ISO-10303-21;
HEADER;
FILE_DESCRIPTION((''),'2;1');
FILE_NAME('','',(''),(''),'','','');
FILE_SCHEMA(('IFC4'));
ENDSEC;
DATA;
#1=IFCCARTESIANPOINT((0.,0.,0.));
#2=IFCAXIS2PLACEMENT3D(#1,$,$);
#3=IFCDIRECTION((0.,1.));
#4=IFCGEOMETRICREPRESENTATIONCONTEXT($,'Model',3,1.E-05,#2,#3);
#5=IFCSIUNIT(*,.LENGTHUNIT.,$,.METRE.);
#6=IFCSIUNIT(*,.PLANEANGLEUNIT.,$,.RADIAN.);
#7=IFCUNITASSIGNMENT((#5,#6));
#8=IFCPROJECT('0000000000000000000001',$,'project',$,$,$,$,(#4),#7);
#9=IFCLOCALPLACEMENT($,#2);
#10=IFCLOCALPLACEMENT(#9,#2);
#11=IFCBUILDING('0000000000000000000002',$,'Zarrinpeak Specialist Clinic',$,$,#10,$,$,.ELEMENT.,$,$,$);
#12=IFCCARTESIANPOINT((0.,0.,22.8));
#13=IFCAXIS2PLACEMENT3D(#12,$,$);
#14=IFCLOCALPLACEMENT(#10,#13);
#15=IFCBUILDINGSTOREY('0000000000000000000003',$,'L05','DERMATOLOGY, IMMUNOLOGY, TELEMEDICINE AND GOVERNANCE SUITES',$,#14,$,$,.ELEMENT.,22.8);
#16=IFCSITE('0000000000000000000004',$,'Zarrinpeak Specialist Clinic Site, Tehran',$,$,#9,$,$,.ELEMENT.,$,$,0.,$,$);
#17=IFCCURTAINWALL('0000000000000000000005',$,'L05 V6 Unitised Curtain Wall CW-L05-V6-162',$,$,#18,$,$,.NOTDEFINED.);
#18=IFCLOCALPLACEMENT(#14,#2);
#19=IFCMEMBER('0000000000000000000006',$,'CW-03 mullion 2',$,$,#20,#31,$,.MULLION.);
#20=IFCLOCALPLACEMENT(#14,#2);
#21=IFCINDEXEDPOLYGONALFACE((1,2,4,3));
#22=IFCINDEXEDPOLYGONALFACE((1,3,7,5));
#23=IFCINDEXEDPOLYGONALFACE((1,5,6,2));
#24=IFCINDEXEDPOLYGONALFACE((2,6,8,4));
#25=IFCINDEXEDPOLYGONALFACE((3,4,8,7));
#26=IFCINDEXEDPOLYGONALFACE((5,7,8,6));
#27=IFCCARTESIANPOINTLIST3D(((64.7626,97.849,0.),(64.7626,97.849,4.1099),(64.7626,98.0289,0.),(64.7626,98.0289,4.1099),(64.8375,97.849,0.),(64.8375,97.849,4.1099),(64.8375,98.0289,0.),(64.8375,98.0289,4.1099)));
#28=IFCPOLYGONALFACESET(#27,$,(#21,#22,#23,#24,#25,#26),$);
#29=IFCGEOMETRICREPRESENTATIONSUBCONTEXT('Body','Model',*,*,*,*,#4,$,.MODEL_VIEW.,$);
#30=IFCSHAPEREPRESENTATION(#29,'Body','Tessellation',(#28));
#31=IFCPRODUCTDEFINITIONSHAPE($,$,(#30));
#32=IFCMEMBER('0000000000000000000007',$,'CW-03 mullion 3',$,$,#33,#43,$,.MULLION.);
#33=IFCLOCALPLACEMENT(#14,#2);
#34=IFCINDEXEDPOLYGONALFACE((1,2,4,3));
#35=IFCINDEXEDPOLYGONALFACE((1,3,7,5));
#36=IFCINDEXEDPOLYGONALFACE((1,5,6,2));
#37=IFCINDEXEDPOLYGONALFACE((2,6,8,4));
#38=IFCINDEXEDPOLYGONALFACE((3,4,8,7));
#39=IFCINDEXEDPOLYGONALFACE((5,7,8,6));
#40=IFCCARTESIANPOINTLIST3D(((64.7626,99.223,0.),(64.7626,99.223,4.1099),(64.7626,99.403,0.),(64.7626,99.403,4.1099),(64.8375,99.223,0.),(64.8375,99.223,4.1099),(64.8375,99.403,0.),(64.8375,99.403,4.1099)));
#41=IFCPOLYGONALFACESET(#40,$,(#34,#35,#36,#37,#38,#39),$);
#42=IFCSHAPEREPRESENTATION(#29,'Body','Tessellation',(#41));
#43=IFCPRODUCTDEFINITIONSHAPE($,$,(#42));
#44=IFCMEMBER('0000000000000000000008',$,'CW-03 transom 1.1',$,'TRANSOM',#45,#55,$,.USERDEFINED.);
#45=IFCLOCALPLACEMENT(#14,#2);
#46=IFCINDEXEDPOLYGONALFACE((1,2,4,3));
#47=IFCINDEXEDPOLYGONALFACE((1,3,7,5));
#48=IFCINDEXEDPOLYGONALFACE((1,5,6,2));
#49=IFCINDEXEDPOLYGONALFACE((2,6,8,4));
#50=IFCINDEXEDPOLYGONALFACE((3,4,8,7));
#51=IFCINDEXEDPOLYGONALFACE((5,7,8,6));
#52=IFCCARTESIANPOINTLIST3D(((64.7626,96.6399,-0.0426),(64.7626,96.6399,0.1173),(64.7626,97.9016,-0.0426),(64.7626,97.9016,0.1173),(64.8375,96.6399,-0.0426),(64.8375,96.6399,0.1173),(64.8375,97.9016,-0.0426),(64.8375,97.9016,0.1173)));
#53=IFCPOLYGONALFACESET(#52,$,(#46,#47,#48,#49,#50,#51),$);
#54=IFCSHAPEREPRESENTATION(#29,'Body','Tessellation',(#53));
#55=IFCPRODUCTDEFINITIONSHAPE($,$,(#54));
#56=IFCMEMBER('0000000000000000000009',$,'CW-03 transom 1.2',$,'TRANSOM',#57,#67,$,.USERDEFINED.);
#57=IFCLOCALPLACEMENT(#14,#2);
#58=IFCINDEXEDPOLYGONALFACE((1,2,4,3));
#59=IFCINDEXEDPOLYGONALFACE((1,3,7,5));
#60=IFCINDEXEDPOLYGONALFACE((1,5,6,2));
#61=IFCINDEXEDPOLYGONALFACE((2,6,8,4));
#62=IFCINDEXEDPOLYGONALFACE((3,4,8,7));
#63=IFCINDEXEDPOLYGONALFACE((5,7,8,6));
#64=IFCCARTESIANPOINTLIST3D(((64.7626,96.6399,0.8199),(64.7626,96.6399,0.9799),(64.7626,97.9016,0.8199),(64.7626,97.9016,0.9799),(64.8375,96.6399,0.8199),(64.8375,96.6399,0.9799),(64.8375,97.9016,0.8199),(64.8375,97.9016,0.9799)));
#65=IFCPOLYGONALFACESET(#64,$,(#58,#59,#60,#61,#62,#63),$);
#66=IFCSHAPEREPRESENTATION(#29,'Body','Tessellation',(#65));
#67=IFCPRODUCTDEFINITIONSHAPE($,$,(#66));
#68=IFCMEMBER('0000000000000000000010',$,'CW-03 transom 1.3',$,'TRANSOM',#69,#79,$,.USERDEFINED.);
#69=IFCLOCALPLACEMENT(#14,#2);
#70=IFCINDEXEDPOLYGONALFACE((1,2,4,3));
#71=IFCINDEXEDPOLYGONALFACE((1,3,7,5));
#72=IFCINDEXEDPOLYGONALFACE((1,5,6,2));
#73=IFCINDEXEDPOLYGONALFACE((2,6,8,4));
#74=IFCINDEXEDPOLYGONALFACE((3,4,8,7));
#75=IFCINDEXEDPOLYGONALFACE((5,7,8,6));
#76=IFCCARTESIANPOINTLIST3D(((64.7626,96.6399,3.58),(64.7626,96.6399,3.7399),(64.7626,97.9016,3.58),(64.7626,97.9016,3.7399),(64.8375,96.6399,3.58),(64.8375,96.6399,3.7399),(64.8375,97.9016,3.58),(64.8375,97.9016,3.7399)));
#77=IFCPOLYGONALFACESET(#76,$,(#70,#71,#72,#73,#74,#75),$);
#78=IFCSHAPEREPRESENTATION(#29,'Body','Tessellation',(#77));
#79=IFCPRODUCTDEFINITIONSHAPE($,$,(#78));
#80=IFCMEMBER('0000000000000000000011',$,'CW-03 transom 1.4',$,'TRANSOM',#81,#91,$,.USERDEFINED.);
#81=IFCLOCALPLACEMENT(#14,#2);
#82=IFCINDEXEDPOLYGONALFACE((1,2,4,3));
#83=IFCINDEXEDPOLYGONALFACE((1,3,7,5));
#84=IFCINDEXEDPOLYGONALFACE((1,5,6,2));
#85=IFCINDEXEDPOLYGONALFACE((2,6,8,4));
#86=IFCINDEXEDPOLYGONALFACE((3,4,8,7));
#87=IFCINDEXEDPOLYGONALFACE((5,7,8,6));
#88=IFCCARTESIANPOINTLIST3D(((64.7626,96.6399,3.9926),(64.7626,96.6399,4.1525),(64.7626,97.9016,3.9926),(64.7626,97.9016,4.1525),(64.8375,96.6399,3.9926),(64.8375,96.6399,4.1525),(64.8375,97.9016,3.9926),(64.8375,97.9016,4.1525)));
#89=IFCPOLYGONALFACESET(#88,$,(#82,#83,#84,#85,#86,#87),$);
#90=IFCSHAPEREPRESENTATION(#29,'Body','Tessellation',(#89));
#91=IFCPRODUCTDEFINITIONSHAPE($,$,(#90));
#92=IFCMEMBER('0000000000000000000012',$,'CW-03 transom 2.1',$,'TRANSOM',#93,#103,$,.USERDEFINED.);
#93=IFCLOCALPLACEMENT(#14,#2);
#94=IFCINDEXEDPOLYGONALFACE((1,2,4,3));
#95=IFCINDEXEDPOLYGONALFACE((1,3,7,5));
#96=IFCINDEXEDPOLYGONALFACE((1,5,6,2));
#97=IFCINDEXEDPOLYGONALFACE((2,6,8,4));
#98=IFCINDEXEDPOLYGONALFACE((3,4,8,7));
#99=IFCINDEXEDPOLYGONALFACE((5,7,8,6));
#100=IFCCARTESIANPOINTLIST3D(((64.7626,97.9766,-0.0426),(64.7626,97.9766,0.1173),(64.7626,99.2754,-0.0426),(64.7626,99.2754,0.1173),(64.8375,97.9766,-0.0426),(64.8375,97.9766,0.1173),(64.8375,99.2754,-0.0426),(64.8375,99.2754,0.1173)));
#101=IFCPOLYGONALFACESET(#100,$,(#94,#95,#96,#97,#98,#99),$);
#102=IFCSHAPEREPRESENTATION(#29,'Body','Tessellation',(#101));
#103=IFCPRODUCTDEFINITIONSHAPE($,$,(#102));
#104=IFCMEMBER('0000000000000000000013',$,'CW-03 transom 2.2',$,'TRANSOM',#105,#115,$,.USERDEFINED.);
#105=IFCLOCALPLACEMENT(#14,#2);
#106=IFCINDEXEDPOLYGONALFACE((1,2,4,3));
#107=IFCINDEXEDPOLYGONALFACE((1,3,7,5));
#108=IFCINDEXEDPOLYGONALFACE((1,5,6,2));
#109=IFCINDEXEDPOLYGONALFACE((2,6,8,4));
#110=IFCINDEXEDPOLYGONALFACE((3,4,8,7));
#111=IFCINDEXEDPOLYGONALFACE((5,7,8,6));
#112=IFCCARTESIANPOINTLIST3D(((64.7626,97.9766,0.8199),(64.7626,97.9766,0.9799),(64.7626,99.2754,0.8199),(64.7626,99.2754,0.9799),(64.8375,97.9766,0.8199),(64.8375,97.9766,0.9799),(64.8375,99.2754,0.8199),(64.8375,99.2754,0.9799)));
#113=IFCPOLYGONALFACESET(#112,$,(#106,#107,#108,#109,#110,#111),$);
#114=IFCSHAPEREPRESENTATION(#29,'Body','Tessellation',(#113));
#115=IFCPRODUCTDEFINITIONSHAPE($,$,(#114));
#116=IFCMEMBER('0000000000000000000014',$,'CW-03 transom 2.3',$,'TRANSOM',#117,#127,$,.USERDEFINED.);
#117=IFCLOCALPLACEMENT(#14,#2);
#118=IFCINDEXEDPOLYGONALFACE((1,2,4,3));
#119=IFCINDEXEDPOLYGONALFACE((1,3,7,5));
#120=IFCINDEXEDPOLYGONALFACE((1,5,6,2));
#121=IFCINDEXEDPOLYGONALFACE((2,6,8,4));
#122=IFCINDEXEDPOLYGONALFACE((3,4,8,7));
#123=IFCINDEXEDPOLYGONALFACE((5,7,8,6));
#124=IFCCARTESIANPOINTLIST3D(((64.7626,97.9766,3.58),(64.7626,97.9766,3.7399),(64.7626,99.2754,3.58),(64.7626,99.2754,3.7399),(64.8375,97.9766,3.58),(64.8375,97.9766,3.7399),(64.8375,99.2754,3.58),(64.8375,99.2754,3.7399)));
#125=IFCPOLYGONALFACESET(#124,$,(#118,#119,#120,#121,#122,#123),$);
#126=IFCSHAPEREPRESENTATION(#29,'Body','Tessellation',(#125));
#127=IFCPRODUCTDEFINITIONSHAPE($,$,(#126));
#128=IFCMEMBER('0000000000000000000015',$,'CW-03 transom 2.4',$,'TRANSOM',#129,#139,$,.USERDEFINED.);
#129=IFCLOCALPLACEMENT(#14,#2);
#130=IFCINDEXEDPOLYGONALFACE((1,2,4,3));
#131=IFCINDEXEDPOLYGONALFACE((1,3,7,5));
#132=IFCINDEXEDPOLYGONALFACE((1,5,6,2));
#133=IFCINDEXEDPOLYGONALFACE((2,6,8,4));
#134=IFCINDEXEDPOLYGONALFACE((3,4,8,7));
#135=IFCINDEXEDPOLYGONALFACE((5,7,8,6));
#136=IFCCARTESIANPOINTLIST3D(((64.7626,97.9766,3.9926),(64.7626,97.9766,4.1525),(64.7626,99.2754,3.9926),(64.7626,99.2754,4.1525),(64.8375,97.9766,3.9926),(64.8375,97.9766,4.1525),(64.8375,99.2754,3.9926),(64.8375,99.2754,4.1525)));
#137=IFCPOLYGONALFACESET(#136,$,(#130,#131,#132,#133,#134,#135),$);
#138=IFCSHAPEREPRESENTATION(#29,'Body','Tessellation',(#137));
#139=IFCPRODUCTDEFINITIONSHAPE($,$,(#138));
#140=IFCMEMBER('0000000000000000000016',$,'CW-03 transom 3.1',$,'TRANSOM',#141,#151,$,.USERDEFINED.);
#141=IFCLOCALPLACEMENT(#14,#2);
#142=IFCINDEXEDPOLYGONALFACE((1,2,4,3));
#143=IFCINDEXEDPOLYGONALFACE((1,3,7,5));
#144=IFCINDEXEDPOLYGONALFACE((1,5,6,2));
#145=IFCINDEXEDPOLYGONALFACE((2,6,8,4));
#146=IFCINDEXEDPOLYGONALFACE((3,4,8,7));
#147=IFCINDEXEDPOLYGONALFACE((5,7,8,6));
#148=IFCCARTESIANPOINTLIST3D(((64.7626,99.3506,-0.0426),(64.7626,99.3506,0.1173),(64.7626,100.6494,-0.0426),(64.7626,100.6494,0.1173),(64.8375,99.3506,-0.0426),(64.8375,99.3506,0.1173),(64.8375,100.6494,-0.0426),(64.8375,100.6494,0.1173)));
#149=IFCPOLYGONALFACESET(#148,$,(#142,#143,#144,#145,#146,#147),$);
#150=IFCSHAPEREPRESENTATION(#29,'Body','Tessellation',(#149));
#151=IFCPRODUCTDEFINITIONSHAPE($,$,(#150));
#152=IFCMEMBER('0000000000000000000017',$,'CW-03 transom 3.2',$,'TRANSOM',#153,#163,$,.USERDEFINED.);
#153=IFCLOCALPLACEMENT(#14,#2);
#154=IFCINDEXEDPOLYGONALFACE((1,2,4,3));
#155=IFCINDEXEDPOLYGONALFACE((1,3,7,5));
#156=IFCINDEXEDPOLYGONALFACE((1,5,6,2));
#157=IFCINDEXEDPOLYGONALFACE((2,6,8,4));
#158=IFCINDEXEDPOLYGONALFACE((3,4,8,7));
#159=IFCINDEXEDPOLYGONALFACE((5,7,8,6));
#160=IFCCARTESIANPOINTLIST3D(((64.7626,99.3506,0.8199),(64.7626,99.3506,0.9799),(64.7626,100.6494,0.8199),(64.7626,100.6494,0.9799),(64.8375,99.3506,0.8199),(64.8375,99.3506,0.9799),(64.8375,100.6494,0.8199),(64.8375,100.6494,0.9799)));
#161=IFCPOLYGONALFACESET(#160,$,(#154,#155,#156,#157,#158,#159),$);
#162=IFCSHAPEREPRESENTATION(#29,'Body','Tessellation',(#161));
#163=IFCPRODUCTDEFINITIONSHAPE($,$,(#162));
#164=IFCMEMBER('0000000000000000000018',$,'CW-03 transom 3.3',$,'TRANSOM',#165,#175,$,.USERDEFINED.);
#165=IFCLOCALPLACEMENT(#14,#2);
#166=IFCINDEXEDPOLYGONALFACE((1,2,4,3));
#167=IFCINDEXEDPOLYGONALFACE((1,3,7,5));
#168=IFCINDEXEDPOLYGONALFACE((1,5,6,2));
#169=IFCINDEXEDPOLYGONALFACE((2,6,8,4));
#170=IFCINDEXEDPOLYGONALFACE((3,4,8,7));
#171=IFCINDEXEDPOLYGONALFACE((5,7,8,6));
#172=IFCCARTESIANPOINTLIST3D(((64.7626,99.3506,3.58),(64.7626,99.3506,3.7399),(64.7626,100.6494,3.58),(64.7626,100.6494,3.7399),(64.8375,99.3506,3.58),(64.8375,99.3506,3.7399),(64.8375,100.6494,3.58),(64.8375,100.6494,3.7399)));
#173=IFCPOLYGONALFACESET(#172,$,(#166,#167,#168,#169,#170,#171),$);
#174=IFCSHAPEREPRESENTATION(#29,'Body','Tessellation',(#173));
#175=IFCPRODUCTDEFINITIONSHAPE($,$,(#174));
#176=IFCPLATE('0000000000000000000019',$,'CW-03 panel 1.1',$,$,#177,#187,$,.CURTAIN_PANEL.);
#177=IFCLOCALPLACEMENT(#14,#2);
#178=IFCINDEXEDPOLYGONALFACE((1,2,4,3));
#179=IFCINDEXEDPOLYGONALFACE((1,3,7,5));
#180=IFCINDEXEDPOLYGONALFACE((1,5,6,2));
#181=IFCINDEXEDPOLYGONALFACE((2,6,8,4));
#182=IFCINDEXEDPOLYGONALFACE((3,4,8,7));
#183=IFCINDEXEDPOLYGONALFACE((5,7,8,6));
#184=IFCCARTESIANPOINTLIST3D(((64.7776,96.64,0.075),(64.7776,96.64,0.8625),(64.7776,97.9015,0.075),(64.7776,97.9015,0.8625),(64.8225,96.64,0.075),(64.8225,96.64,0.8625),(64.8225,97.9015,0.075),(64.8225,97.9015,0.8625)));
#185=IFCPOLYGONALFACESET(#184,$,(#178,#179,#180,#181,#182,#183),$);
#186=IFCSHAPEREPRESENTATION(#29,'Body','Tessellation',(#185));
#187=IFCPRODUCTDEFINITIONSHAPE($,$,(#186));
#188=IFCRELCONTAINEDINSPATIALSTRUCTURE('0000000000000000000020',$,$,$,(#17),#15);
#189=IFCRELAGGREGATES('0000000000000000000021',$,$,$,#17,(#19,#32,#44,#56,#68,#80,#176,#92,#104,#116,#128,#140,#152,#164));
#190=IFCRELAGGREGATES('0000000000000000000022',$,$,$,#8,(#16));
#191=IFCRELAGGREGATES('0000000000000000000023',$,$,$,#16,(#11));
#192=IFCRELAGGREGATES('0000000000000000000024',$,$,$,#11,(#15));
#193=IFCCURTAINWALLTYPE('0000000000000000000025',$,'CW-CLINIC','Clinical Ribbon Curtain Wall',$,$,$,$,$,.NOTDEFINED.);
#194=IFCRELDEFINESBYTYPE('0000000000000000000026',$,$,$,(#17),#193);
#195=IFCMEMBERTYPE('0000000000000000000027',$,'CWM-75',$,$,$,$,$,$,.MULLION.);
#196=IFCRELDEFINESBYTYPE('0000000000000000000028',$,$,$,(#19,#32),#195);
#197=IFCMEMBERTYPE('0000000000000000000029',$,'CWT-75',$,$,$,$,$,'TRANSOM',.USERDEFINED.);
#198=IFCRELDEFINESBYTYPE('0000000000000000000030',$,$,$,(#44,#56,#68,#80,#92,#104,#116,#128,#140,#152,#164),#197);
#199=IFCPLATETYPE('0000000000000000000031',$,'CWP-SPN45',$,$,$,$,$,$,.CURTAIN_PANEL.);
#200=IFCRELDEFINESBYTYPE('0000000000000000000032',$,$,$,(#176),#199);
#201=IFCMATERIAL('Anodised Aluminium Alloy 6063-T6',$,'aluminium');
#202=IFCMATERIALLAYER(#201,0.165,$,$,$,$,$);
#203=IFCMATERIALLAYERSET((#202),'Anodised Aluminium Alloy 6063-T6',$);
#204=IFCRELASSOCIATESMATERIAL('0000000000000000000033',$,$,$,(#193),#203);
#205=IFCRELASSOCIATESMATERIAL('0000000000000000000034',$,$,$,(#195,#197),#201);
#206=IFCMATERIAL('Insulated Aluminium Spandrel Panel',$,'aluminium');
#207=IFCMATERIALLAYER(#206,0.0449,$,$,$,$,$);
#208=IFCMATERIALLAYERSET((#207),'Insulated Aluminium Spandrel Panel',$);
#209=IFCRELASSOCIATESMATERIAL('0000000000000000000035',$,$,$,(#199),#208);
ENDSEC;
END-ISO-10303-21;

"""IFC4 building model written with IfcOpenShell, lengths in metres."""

from ifc_helpers import new_model, si_unit, direction, frame, origin, origin_2d, place, context, subcontext, project, spatial, rectangle, extrude, material, layer, layer_set, material_profile, profile_set, type_object, element, aggregate, save


model = new_model("IFC4")

# Units and contexts
model_context = context("Model", 3, precision=1e-05, world=origin(), true_north=direction((0.0, 1.0)))
body_context = subcontext(model_context, "Body", "Model", "MODEL_VIEW")
ifc_project = project(units=[si_unit("LENGTHUNIT", "METRE"), si_unit("PLANEANGLEUNIT", "RADIAN")], contexts=[model_context])

# Site, building, storey
site_placement = place(None, origin())
site = spatial("IfcSite", under=ifc_project, at=site_placement, Name="Zarrinpeak Specialist Clinic Site, Tehran", CompositionType="ELEMENT", RefElevation=0.0)
building_placement = place(site_placement, origin())
building = spatial("IfcBuilding", under=site, at=building_placement, Name="Zarrinpeak Specialist Clinic", CompositionType="ELEMENT")
storey_placement = place(building_placement, frame((0.0, 0.0, 22.8)))
storey = spatial("IfcBuildingStorey", under=building, at=storey_placement, Name="L05", Description="DERMATOLOGY, IMMUNOLOGY, TELEMEDICINE AND GOVERNANCE SUITES", CompositionType="ELEMENT", Elevation=22.8)

# Curtain wall, members, plate
ifc_material_1 = material(Name="Anodised Aluminium Alloy 6063-T6", Category="aluminium")
ifc_layer_1 = layer(ifc_material_1, 0.165)
ifc_layer_set_1 = layer_set([ifc_layer_1], Name="Anodised Aluminium Alloy 6063-T6")
curtain_wall_type = type_object("IfcCurtainWallType", Name="CW-CLINIC", Description="Clinical Ribbon Curtain Wall", PredefinedType="NOTDEFINED", material=ifc_layer_set_1)
curtain_wall_placement = place(storey_placement, origin())
curtain_wall = element("IfcCurtainWall", 1, at=curtain_wall_placement, inside=storey, type_object=curtain_wall_type, Name="L05 V6 Unitised Curtain Wall CW-L05-V6-162", PredefinedType="NOTDEFINED")
ifc_material_profile_1 = material_profile(ifc_material_1, rectangle(XDim=0.075, YDim=0.1799, at=origin_2d()), Name="ALU 75x180")
ifc_profile_set_1 = profile_set([ifc_material_profile_1], Name="Anodised Aluminium Alloy 6063-T6")
member_type_1 = type_object("IfcMemberType", Name="CWM-75", PredefinedType="MULLION", material=ifc_profile_set_1)
member_1_placement = place(storey_placement, frame((64.8, 97.939, 0.0), z_axis=(0.0, 0.0, 1.0), x_axis=(-1.0, 0.0, 0.0)))
member_1 = element("IfcMember", 2, at=member_1_placement, type_object=member_type_1, Name="CW-03 mullion 2", PredefinedType="MULLION", context=body_context, shape_type="SweptSolid", body=[
    extrude(rectangle(XDim=0.075, YDim=0.1799, at=origin_2d()), origin(), (0.0, 0.0, 1.0), 4.1099),
])
member_2_placement = place(storey_placement, frame((64.8, 99.313, 0.0), z_axis=(0.0, 0.0, 1.0), x_axis=(-1.0, 0.0, 0.0)))
member_2 = element("IfcMember", 3, at=member_2_placement, type_object=member_type_1, Name="CW-03 mullion 3", PredefinedType="MULLION", context=body_context, shape_type="SweptSolid", body=[
    extrude(rectangle(XDim=0.075, YDim=0.1799, at=origin_2d()), origin(), (0.0, 0.0, 1.0), 4.1099),
])
ifc_material_profile_2 = material_profile(ifc_material_1, rectangle(XDim=0.075, YDim=0.1599, at=origin_2d()), Name="ALU 75x160")
ifc_profile_set_2 = profile_set([ifc_material_profile_2], Name="Anodised Aluminium Alloy 6063-T6")
member_type_2 = type_object("IfcMemberType", Name="CWT-75", ElementType="TRANSOM", PredefinedType="USERDEFINED", material=ifc_profile_set_2)
member_3_placement = place(storey_placement, frame((64.8, 96.6399, 0.0374), z_axis=(0.0, 1.0, 0.0), x_axis=(-1.0, 0.0, 0.0)))
member_3 = element("IfcMember", 4, at=member_3_placement, type_object=member_type_2, Name="CW-03 transom 1.1", ObjectType="TRANSOM", PredefinedType="USERDEFINED", context=body_context, shape_type="SweptSolid", body=[
    extrude(rectangle(XDim=0.075, YDim=0.1599, at=origin_2d()), origin(), (0.0, 0.0, 1.0), 1.2617),
])
member_4_placement = place(storey_placement, frame((64.8, 96.6399, 0.8999), z_axis=(0.0, 1.0, 0.0), x_axis=(-1.0, 0.0, 0.0)))
member_4 = element("IfcMember", 5, at=member_4_placement, type_object=member_type_2, Name="CW-03 transom 1.2", ObjectType="TRANSOM", PredefinedType="USERDEFINED", context=body_context, shape_type="SweptSolid", body=[
    extrude(rectangle(XDim=0.075, YDim=0.1599, at=origin_2d()), origin(), (0.0, 0.0, 1.0), 1.2617),
])
member_5_placement = place(storey_placement, frame((64.8, 96.6399, 3.6599), z_axis=(0.0, 1.0, 0.0), x_axis=(-1.0, 0.0, 0.0)))
member_5 = element("IfcMember", 6, at=member_5_placement, type_object=member_type_2, Name="CW-03 transom 1.3", ObjectType="TRANSOM", PredefinedType="USERDEFINED", context=body_context, shape_type="SweptSolid", body=[
    extrude(rectangle(XDim=0.075, YDim=0.1599, at=origin_2d()), origin(), (0.0, 0.0, 1.0), 1.2617),
])
member_6_placement = place(storey_placement, frame((64.8, 96.6399, 4.0725), z_axis=(0.0, 1.0, 0.0), x_axis=(-1.0, 0.0, 0.0)))
member_6 = element("IfcMember", 7, at=member_6_placement, type_object=member_type_2, Name="CW-03 transom 1.4", ObjectType="TRANSOM", PredefinedType="USERDEFINED", context=body_context, shape_type="SweptSolid", body=[
    extrude(rectangle(XDim=0.075, YDim=0.1599, at=origin_2d()), origin(), (0.0, 0.0, 1.0), 1.2617),
])
member_7_placement = place(storey_placement, frame((64.8, 97.9766, 0.0374), z_axis=(0.0, 1.0, 0.0), x_axis=(-1.0, 0.0, 0.0)))
member_7 = element("IfcMember", 8, at=member_7_placement, type_object=member_type_2, Name="CW-03 transom 2.1", ObjectType="TRANSOM", PredefinedType="USERDEFINED", context=body_context, shape_type="SweptSolid", body=[
    extrude(rectangle(XDim=0.075, YDim=0.1599, at=origin_2d()), origin(), (0.0, 0.0, 1.0), 1.2988),
])
member_8_placement = place(storey_placement, frame((64.8, 97.9766, 0.8999), z_axis=(0.0, 1.0, 0.0), x_axis=(-1.0, 0.0, 0.0)))
member_8 = element("IfcMember", 9, at=member_8_placement, type_object=member_type_2, Name="CW-03 transom 2.2", ObjectType="TRANSOM", PredefinedType="USERDEFINED", context=body_context, shape_type="SweptSolid", body=[
    extrude(rectangle(XDim=0.075, YDim=0.1599, at=origin_2d()), origin(), (0.0, 0.0, 1.0), 1.2988),
])
member_9_placement = place(storey_placement, frame((64.8, 97.9766, 3.6599), z_axis=(0.0, 1.0, 0.0), x_axis=(-1.0, 0.0, 0.0)))
member_9 = element("IfcMember", 10, at=member_9_placement, type_object=member_type_2, Name="CW-03 transom 2.3", ObjectType="TRANSOM", PredefinedType="USERDEFINED", context=body_context, shape_type="SweptSolid", body=[
    extrude(rectangle(XDim=0.075, YDim=0.1599, at=origin_2d()), origin(), (0.0, 0.0, 1.0), 1.2988),
])
member_10_placement = place(storey_placement, frame((64.8, 97.9766, 4.0725), z_axis=(0.0, 1.0, 0.0), x_axis=(-1.0, 0.0, 0.0)))
member_10 = element("IfcMember", 11, at=member_10_placement, type_object=member_type_2, Name="CW-03 transom 2.4", ObjectType="TRANSOM", PredefinedType="USERDEFINED", context=body_context, shape_type="SweptSolid", body=[
    extrude(rectangle(XDim=0.075, YDim=0.1599, at=origin_2d()), origin(), (0.0, 0.0, 1.0), 1.2988),
])
member_11_placement = place(storey_placement, frame((64.8, 99.3506, 0.0374), z_axis=(0.0, 1.0, 0.0), x_axis=(-1.0, 0.0, 0.0)))
member_11 = element("IfcMember", 12, at=member_11_placement, type_object=member_type_2, Name="CW-03 transom 3.1", ObjectType="TRANSOM", PredefinedType="USERDEFINED", context=body_context, shape_type="SweptSolid", body=[
    extrude(rectangle(XDim=0.075, YDim=0.1599, at=origin_2d()), origin(), (0.0, 0.0, 1.0), 1.2988),
])
member_12_placement = place(storey_placement, frame((64.8, 99.3506, 0.8999), z_axis=(0.0, 1.0, 0.0), x_axis=(-1.0, 0.0, 0.0)))
member_12 = element("IfcMember", 13, at=member_12_placement, type_object=member_type_2, Name="CW-03 transom 3.2", ObjectType="TRANSOM", PredefinedType="USERDEFINED", context=body_context, shape_type="SweptSolid", body=[
    extrude(rectangle(XDim=0.075, YDim=0.1599, at=origin_2d()), origin(), (0.0, 0.0, 1.0), 1.2988),
])
member_13_placement = place(storey_placement, frame((64.8, 99.3506, 3.6599), z_axis=(0.0, 1.0, 0.0), x_axis=(-1.0, 0.0, 0.0)))
member_13 = element("IfcMember", 14, at=member_13_placement, type_object=member_type_2, Name="CW-03 transom 3.3", ObjectType="TRANSOM", PredefinedType="USERDEFINED", context=body_context, shape_type="SweptSolid", body=[
    extrude(rectangle(XDim=0.075, YDim=0.1599, at=origin_2d()), origin(), (0.0, 0.0, 1.0), 1.2988),
])
ifc_material_2 = material(Name="Insulated Aluminium Spandrel Panel", Category="aluminium")
ifc_layer_2 = layer(ifc_material_2, 0.0449)
ifc_layer_set_2 = layer_set([ifc_layer_2], Name="Insulated Aluminium Spandrel Panel")
plate_type = type_object("IfcPlateType", Name="CWP-SPN45", PredefinedType="CURTAIN_PANEL", material=ifc_layer_set_2)
plate_1_placement = place(storey_placement, frame((64.8, 97.2708, 0.075), z_axis=(0.0, 0.0, 1.0), x_axis=(0.0, 1.0, 0.0)))
plate_1 = element("IfcPlate", 15, at=plate_1_placement, type_object=plate_type, Name="CW-03 panel 1.1", PredefinedType="CURTAIN_PANEL", context=body_context, shape_type="SweptSolid", body=[
    extrude(rectangle(XDim=1.2615, YDim=0.0449, at=origin_2d()), origin(), (0.0, 0.0, 1.0), 0.7876),
])
aggregate(curtain_wall, [member_1, member_2, member_3, member_4, member_5, member_6, plate_1, member_7, member_8, member_9, member_10, member_11, member_12, member_13])

save(model, "model.ifc")
